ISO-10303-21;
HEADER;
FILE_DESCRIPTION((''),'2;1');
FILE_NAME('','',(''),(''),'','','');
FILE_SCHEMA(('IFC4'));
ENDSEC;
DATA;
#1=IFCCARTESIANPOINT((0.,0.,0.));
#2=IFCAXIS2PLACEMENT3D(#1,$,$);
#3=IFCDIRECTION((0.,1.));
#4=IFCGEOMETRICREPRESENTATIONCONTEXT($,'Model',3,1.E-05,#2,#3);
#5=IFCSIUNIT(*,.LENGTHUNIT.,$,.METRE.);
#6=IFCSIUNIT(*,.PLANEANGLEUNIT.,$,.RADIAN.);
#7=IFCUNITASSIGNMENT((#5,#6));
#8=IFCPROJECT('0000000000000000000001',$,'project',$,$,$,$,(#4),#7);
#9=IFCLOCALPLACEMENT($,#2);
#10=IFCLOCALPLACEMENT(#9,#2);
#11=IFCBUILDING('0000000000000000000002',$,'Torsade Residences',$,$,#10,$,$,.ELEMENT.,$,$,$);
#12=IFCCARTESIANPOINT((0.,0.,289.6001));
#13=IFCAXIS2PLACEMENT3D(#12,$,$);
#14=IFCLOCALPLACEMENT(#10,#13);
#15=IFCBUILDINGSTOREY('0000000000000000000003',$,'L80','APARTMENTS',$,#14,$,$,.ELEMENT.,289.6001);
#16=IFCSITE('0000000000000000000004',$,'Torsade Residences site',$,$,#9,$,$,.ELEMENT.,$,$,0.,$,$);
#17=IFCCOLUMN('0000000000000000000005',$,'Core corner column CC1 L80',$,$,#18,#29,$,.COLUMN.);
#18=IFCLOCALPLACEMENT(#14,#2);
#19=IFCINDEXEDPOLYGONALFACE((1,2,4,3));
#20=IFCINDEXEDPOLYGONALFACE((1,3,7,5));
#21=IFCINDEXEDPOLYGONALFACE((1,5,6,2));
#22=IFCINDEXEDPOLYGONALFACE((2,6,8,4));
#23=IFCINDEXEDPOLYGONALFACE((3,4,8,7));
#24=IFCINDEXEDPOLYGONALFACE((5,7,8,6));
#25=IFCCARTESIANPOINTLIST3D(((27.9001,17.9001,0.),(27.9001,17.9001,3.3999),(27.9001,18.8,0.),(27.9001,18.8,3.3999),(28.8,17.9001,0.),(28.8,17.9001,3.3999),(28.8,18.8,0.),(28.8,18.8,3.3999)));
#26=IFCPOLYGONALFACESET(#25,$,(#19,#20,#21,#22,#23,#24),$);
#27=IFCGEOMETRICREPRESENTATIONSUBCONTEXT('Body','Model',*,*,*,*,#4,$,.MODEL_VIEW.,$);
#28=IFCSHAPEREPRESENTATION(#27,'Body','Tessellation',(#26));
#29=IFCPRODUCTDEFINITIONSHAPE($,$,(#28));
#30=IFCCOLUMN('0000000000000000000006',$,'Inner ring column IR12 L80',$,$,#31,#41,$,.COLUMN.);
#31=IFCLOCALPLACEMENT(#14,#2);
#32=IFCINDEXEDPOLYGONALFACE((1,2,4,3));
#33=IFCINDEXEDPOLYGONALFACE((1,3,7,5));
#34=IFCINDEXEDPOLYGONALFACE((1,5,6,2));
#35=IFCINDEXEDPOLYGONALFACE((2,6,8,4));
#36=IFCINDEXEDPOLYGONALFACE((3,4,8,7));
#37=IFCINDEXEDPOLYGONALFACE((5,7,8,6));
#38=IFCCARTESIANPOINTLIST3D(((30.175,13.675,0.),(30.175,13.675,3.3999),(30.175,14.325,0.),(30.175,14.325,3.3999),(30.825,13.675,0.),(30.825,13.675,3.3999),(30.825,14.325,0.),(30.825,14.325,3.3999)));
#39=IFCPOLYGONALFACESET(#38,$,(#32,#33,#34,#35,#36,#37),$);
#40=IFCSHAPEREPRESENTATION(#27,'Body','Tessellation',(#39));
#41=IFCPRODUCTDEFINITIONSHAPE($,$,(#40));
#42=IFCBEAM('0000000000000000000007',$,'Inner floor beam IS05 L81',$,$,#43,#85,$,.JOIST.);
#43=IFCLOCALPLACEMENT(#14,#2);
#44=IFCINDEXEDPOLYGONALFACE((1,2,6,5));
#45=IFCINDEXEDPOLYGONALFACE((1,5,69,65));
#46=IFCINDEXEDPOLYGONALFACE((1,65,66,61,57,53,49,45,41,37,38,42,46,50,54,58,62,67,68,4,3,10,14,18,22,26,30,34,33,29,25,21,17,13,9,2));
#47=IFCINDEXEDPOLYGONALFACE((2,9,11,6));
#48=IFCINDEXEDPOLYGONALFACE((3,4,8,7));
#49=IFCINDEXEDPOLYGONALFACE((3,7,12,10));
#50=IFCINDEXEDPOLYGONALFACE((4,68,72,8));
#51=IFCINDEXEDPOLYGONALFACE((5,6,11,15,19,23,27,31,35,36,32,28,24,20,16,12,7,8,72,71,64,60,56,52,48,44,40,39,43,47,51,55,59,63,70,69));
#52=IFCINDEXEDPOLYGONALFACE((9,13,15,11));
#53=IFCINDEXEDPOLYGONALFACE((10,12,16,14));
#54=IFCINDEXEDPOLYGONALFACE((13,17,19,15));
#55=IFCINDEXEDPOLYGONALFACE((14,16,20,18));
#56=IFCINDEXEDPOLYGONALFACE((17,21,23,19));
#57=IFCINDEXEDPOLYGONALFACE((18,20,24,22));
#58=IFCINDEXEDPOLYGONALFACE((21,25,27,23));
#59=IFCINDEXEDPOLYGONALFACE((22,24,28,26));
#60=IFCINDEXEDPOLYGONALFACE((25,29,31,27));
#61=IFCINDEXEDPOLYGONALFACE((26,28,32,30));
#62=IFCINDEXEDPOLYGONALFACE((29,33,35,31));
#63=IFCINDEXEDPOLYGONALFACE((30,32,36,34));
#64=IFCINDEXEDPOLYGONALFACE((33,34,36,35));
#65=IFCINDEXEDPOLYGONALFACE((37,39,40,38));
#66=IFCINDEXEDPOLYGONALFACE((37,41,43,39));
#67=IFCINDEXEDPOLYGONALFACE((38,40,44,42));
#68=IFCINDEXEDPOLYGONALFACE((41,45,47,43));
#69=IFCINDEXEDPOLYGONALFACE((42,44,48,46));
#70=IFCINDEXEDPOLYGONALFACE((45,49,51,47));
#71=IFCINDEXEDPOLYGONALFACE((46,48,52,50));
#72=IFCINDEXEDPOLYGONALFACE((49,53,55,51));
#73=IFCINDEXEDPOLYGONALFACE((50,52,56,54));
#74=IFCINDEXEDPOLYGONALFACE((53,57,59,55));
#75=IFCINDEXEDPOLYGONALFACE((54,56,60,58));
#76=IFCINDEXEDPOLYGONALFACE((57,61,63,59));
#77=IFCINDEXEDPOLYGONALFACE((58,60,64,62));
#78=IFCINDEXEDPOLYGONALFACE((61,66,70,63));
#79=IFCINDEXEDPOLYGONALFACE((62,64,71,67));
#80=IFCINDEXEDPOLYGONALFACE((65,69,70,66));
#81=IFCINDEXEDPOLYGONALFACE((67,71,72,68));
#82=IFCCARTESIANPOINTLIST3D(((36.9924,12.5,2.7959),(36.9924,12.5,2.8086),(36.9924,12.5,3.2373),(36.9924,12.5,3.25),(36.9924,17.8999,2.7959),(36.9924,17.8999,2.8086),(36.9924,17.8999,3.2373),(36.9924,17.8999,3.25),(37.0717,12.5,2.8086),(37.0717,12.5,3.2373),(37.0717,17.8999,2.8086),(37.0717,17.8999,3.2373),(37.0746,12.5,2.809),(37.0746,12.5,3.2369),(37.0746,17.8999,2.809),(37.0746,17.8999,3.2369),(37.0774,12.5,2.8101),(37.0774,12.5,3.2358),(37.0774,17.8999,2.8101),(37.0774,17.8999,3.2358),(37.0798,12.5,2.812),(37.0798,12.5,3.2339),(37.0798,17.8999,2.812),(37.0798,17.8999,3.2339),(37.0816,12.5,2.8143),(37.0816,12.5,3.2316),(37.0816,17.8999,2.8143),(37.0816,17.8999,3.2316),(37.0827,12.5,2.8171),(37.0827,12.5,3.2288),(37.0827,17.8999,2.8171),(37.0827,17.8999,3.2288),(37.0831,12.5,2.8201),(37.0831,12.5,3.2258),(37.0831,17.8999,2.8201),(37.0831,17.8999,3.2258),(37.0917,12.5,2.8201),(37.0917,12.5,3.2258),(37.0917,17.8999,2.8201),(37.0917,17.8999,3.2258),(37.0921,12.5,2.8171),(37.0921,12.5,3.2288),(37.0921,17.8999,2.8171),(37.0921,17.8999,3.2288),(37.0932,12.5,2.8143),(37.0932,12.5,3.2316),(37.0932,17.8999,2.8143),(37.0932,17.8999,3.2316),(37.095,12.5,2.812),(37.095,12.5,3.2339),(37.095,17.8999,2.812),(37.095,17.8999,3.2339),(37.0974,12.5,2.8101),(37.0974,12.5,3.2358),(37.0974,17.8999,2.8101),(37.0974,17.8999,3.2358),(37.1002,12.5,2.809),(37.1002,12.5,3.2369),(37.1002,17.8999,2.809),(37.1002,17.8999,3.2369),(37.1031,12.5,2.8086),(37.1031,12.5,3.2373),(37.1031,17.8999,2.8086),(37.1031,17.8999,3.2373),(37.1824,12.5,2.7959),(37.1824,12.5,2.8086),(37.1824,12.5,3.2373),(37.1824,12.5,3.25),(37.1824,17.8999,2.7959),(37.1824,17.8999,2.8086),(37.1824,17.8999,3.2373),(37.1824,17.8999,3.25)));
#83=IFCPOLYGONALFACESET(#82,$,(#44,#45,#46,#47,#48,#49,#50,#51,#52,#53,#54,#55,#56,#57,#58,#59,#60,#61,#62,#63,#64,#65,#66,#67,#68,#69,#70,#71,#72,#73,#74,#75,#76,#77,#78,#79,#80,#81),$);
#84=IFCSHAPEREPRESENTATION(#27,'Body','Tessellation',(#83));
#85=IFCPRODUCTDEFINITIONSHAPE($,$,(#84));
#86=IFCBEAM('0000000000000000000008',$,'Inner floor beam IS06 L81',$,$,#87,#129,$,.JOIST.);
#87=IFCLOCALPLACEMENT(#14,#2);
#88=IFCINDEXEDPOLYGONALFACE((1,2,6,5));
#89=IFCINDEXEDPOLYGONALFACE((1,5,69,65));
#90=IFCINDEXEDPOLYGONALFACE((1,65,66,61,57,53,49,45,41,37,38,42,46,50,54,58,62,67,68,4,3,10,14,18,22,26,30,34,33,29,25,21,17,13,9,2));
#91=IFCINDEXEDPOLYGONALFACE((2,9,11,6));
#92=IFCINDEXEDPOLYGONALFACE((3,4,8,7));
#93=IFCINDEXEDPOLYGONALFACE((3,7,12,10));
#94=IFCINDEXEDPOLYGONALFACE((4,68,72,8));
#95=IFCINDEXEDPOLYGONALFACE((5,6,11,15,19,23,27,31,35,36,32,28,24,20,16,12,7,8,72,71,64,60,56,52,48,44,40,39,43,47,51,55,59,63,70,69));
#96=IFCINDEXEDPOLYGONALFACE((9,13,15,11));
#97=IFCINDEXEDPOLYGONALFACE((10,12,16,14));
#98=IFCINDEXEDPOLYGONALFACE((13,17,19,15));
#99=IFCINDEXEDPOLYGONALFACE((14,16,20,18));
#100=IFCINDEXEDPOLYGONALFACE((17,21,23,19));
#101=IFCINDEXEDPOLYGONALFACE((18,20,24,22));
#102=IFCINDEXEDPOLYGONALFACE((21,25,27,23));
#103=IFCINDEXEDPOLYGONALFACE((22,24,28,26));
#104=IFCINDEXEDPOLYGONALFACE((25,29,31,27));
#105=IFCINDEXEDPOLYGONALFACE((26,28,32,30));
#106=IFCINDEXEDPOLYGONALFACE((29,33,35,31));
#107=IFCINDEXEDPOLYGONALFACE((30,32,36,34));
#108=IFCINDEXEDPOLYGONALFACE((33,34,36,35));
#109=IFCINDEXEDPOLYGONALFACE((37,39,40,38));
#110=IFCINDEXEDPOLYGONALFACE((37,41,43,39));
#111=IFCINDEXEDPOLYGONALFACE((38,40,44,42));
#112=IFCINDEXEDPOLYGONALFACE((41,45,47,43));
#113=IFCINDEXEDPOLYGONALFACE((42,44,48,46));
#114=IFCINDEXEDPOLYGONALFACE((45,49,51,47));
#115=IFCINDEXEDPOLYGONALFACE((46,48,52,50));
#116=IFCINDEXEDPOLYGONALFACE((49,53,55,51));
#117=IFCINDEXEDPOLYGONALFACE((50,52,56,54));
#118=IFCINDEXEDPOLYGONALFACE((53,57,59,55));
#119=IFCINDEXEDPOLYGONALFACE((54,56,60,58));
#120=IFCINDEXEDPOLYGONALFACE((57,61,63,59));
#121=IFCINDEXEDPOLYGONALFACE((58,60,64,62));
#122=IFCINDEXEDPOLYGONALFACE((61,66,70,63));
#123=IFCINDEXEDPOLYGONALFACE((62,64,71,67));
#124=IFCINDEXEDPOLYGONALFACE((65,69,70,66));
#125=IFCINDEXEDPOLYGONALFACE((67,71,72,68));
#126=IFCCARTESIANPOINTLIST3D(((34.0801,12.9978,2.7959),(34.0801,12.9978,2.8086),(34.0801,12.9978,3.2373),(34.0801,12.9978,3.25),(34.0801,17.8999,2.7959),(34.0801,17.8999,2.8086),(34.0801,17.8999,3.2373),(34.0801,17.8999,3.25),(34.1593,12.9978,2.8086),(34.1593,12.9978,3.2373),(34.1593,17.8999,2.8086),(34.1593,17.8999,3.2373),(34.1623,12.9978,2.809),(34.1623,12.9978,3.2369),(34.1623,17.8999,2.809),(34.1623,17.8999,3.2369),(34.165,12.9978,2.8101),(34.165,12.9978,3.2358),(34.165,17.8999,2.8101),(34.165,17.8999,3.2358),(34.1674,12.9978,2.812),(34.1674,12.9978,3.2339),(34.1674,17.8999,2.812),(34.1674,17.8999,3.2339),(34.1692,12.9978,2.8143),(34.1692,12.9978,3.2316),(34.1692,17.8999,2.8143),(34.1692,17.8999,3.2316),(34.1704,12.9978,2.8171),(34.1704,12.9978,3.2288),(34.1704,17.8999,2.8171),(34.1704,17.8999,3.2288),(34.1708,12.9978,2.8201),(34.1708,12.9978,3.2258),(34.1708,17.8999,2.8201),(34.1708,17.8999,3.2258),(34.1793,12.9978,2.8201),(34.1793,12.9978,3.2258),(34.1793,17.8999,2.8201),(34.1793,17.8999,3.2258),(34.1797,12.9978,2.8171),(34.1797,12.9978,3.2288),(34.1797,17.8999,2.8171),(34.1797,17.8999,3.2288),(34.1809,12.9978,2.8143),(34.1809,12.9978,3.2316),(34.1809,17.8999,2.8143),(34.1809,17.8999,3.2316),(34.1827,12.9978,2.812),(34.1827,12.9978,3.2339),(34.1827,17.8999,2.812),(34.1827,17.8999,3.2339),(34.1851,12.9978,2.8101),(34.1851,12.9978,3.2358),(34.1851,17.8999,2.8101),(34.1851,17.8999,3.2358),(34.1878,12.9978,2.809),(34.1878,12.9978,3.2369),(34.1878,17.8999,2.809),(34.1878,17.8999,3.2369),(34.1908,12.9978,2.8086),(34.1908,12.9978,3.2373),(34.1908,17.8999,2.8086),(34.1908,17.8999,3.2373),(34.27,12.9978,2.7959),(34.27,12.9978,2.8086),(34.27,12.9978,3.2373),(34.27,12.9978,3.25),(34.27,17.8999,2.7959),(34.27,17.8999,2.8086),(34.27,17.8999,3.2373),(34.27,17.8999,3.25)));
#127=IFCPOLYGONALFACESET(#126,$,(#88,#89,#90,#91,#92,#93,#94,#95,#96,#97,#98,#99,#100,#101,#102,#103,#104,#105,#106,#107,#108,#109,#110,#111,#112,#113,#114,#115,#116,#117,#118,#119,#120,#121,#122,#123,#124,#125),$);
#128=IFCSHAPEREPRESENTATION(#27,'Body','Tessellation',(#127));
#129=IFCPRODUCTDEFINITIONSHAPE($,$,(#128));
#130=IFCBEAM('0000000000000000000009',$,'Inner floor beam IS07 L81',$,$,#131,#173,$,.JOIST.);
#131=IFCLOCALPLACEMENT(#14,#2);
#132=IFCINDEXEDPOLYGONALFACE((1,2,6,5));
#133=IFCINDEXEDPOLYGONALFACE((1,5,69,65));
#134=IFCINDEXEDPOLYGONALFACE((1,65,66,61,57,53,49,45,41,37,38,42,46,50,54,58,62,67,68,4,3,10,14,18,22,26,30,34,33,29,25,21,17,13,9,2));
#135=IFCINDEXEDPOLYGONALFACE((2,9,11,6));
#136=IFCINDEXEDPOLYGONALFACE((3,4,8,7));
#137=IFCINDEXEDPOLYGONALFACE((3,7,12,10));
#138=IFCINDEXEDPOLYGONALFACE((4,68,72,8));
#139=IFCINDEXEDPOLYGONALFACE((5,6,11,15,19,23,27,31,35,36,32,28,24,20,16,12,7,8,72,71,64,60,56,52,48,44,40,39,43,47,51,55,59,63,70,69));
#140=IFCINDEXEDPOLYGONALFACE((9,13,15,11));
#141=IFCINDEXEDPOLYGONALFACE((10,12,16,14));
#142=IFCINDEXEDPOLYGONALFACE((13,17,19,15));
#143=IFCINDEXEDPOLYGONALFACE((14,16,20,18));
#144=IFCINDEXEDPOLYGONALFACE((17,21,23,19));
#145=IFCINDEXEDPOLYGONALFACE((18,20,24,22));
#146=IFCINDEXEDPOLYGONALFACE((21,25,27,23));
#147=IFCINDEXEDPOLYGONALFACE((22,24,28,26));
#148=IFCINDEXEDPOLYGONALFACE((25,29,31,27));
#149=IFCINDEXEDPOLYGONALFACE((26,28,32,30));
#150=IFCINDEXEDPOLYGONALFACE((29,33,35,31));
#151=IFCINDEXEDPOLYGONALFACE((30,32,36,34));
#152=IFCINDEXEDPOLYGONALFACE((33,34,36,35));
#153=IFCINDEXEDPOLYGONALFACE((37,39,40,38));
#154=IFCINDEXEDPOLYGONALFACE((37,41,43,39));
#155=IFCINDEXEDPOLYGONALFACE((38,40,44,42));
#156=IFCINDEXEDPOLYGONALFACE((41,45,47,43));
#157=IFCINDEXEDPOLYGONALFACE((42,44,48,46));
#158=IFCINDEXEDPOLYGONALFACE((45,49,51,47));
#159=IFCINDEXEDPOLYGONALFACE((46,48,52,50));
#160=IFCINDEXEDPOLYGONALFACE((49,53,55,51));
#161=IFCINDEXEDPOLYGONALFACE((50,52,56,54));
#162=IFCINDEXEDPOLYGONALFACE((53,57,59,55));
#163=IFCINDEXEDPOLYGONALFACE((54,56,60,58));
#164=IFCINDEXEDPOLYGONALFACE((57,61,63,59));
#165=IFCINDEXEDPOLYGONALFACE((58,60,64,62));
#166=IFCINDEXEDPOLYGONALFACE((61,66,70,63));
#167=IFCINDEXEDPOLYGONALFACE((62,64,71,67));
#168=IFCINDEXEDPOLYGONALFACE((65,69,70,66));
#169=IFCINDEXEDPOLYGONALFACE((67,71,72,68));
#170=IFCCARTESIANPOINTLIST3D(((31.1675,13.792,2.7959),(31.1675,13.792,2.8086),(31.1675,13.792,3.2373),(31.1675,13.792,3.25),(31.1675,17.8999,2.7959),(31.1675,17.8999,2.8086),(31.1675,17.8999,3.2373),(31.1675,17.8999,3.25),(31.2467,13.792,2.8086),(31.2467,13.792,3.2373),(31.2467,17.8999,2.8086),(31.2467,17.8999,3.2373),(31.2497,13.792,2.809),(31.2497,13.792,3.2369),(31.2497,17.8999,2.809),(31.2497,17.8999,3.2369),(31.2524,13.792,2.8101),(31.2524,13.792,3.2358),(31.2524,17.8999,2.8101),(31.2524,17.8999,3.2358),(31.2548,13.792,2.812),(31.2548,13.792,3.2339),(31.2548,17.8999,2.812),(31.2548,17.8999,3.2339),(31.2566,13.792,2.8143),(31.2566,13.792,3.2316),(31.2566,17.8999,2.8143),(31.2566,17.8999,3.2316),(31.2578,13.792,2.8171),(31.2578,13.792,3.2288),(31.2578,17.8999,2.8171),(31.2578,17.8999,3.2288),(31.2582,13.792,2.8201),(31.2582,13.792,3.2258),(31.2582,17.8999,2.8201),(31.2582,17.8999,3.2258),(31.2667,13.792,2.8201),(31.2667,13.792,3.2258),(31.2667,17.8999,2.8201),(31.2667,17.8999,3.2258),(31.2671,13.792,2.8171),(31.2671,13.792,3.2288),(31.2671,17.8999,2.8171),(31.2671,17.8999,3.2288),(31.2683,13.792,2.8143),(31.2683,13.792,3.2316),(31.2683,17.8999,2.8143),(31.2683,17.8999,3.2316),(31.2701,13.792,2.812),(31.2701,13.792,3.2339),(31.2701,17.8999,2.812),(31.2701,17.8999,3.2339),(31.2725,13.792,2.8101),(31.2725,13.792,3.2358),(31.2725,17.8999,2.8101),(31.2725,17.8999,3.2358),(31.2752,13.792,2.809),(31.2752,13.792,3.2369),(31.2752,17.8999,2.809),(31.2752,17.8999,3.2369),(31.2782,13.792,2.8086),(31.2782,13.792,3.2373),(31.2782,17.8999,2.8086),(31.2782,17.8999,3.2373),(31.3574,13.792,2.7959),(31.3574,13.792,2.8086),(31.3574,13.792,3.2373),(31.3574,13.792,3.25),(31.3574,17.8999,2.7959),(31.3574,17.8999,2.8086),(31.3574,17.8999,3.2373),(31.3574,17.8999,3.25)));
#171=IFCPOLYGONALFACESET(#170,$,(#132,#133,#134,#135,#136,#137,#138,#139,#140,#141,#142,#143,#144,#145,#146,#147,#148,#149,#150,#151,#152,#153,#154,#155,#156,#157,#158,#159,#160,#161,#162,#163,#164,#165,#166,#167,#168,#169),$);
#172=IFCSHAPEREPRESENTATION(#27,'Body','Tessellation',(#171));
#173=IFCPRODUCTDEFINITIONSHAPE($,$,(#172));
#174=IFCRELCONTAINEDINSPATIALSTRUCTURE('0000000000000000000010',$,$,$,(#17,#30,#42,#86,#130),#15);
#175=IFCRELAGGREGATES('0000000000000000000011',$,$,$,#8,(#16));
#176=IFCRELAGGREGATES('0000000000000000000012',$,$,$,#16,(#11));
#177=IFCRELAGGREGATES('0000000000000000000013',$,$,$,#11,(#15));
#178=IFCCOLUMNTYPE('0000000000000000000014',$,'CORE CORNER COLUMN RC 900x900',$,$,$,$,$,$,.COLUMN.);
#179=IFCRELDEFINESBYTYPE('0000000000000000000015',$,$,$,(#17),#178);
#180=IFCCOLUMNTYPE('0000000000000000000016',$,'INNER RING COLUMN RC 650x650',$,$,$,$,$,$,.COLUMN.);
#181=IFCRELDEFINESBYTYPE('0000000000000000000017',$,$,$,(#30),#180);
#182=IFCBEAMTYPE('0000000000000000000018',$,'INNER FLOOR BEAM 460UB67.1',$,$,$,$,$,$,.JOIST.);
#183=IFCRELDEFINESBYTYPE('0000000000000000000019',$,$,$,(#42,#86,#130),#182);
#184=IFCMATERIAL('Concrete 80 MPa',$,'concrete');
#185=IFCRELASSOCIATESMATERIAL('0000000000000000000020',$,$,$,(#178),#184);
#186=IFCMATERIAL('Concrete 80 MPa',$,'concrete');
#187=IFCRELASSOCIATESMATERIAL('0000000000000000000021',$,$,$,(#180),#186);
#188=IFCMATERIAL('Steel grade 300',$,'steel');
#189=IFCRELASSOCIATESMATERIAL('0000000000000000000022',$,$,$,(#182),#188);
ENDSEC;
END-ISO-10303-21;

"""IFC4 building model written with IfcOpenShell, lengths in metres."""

from ifc_helpers import new_model, si_unit, direction, frame, origin, origin_2d, place, context, subcontext, project, spatial, rectangle, i_section, extrude, material, material_profile, profile_set, type_object, element, save


model = new_model("IFC4")

# Units and contexts
model_context = context("Model", 3, precision=1e-05, world=origin(), true_north=direction((0.0, 1.0)))
body_context = subcontext(model_context, "Body", "Model", "MODEL_VIEW")
ifc_project = project(units=[si_unit("LENGTHUNIT", "METRE"), si_unit("PLANEANGLEUNIT", "RADIAN")], contexts=[model_context])

# Site, building, storey
site_placement = place(None, origin())
site = spatial("IfcSite", under=ifc_project, at=site_placement, Name="Torsade Residences site", CompositionType="ELEMENT", RefElevation=0.0)
building_placement = place(site_placement, origin())
building = spatial("IfcBuilding", under=site, at=building_placement, Name="Torsade Residences", CompositionType="ELEMENT")
storey_placement = place(building_placement, frame((0.0, 0.0, 289.6001)))
storey = spatial("IfcBuildingStorey", under=building, at=storey_placement, Name="L80", Description="APARTMENTS", CompositionType="ELEMENT", Elevation=289.6001)

# Columns
ifc_material_1 = material(Name="Concrete 80 MPa", Category="concrete")
ifc_material_profile_1 = material_profile(ifc_material_1, rectangle(XDim=0.8999, YDim=0.8999, at=origin_2d()), Name="RC 900x900")
ifc_profile_set_1 = profile_set([ifc_material_profile_1], Name="Concrete 80 MPa")
column_type_1 = type_object("IfcColumnType", Name="CORE CORNER COLUMN RC 900x900", PredefinedType="COLUMN", material=ifc_profile_set_1)
column_1_placement = place(storey_placement, frame((28.3501, 18.3501, 0.0), z_axis=(0.0, 0.0, 1.0), x_axis=(1.0, 0.0, 0.0)))
element("IfcColumn", 1, at=column_1_placement, inside=storey, type_object=column_type_1, Name="Core corner column CC1 L80", PredefinedType="COLUMN", context=body_context, shape_type="SweptSolid", body=[
    extrude(rectangle(XDim=0.8999, YDim=0.8999, at=origin_2d()), origin(), (0.0, 0.0, 1.0), 3.3999),
])
ifc_material_2 = material(Name="Concrete 80 MPa", Category="concrete")
ifc_material_profile_2 = material_profile(ifc_material_2, rectangle(XDim=0.6499, YDim=0.6499, at=origin_2d()), Name="RC 650x650")
ifc_profile_set_2 = profile_set([ifc_material_profile_2], Name="Concrete 80 MPa")
column_type_2 = type_object("IfcColumnType", Name="INNER RING COLUMN RC 650x650", PredefinedType="COLUMN", material=ifc_profile_set_2)
column_2_placement = place(storey_placement, frame((30.5, 14.0, 0.0), z_axis=(0.0, 0.0, 1.0), x_axis=(1.0, 0.0, 0.0)))
element("IfcColumn", 2, at=column_2_placement, inside=storey, type_object=column_type_2, Name="Inner ring column IR12 L80", PredefinedType="COLUMN", context=body_context, shape_type="SweptSolid", body=[
    extrude(rectangle(XDim=0.6499, YDim=0.6499, at=origin_2d()), origin(), (0.0, 0.0, 1.0), 3.3999),
])

# Beams
ifc_material_3 = material(Name="Steel grade 300", Category="steel")
ifc_material_profile_3 = material_profile(ifc_material_3, i_section(OverallWidth=0.1899, OverallDepth=0.4541, WebThickness=0.0085, FlangeThickness=0.0127, FilletRadius=0.0115, at=origin_2d()), Name="460UB67.1")
ifc_profile_set_3 = profile_set([ifc_material_profile_3], Name="Steel grade 300")
beam_type_1 = type_object("IfcBeamType", Name="INNER FLOOR BEAM 460UB67.1", PredefinedType="JOIST", material=ifc_profile_set_3)
beam_1_placement = place(storey_placement, frame((37.0874, 17.8999, 3.0229), z_axis=(0.0, -1.0, 0.0), x_axis=(1.0, 0.0, 0.0)))
element("IfcBeam", 3, at=beam_1_placement, inside=storey, type_object=beam_type_1, Name="Inner floor beam IS05 L81", PredefinedType="JOIST", context=body_context, shape_type="SweptSolid", body=[
    extrude(i_section(OverallWidth=0.1899, OverallDepth=0.4541, WebThickness=0.0085, FlangeThickness=0.0127, FilletRadius=0.0115, at=origin_2d()), origin(), (0.0, 0.0, 1.0), 5.3999),
])
beam_2_placement = place(storey_placement, frame((34.175, 17.8999, 3.0229), z_axis=(0.0, -1.0, 0.0), x_axis=(1.0, 0.0, 0.0)))
element("IfcBeam", 4, at=beam_2_placement, inside=storey, type_object=beam_type_1, Name="Inner floor beam IS06 L81", PredefinedType="JOIST", context=body_context, shape_type="SweptSolid", body=[
    extrude(i_section(OverallWidth=0.1899, OverallDepth=0.4541, WebThickness=0.0085, FlangeThickness=0.0127, FilletRadius=0.0115, at=origin_2d()), origin(), (0.0, 0.0, 1.0), 4.9021),
])
beam_3_placement = place(storey_placement, frame((31.2625, 17.8999, 3.0229), z_axis=(0.0, -1.0, 0.0), x_axis=(1.0, 0.0, 0.0)))
element("IfcBeam", 5, at=beam_3_placement, inside=storey, type_object=beam_type_1, Name="Inner floor beam IS07 L81", PredefinedType="JOIST", context=body_context, shape_type="SweptSolid", body=[
    extrude(i_section(OverallWidth=0.1899, OverallDepth=0.4541, WebThickness=0.0085, FlangeThickness=0.0127, FilletRadius=0.0115, at=origin_2d()), origin(), (0.0, 0.0, 1.0), 4.1079),
])

save(model, "model.ifc")
